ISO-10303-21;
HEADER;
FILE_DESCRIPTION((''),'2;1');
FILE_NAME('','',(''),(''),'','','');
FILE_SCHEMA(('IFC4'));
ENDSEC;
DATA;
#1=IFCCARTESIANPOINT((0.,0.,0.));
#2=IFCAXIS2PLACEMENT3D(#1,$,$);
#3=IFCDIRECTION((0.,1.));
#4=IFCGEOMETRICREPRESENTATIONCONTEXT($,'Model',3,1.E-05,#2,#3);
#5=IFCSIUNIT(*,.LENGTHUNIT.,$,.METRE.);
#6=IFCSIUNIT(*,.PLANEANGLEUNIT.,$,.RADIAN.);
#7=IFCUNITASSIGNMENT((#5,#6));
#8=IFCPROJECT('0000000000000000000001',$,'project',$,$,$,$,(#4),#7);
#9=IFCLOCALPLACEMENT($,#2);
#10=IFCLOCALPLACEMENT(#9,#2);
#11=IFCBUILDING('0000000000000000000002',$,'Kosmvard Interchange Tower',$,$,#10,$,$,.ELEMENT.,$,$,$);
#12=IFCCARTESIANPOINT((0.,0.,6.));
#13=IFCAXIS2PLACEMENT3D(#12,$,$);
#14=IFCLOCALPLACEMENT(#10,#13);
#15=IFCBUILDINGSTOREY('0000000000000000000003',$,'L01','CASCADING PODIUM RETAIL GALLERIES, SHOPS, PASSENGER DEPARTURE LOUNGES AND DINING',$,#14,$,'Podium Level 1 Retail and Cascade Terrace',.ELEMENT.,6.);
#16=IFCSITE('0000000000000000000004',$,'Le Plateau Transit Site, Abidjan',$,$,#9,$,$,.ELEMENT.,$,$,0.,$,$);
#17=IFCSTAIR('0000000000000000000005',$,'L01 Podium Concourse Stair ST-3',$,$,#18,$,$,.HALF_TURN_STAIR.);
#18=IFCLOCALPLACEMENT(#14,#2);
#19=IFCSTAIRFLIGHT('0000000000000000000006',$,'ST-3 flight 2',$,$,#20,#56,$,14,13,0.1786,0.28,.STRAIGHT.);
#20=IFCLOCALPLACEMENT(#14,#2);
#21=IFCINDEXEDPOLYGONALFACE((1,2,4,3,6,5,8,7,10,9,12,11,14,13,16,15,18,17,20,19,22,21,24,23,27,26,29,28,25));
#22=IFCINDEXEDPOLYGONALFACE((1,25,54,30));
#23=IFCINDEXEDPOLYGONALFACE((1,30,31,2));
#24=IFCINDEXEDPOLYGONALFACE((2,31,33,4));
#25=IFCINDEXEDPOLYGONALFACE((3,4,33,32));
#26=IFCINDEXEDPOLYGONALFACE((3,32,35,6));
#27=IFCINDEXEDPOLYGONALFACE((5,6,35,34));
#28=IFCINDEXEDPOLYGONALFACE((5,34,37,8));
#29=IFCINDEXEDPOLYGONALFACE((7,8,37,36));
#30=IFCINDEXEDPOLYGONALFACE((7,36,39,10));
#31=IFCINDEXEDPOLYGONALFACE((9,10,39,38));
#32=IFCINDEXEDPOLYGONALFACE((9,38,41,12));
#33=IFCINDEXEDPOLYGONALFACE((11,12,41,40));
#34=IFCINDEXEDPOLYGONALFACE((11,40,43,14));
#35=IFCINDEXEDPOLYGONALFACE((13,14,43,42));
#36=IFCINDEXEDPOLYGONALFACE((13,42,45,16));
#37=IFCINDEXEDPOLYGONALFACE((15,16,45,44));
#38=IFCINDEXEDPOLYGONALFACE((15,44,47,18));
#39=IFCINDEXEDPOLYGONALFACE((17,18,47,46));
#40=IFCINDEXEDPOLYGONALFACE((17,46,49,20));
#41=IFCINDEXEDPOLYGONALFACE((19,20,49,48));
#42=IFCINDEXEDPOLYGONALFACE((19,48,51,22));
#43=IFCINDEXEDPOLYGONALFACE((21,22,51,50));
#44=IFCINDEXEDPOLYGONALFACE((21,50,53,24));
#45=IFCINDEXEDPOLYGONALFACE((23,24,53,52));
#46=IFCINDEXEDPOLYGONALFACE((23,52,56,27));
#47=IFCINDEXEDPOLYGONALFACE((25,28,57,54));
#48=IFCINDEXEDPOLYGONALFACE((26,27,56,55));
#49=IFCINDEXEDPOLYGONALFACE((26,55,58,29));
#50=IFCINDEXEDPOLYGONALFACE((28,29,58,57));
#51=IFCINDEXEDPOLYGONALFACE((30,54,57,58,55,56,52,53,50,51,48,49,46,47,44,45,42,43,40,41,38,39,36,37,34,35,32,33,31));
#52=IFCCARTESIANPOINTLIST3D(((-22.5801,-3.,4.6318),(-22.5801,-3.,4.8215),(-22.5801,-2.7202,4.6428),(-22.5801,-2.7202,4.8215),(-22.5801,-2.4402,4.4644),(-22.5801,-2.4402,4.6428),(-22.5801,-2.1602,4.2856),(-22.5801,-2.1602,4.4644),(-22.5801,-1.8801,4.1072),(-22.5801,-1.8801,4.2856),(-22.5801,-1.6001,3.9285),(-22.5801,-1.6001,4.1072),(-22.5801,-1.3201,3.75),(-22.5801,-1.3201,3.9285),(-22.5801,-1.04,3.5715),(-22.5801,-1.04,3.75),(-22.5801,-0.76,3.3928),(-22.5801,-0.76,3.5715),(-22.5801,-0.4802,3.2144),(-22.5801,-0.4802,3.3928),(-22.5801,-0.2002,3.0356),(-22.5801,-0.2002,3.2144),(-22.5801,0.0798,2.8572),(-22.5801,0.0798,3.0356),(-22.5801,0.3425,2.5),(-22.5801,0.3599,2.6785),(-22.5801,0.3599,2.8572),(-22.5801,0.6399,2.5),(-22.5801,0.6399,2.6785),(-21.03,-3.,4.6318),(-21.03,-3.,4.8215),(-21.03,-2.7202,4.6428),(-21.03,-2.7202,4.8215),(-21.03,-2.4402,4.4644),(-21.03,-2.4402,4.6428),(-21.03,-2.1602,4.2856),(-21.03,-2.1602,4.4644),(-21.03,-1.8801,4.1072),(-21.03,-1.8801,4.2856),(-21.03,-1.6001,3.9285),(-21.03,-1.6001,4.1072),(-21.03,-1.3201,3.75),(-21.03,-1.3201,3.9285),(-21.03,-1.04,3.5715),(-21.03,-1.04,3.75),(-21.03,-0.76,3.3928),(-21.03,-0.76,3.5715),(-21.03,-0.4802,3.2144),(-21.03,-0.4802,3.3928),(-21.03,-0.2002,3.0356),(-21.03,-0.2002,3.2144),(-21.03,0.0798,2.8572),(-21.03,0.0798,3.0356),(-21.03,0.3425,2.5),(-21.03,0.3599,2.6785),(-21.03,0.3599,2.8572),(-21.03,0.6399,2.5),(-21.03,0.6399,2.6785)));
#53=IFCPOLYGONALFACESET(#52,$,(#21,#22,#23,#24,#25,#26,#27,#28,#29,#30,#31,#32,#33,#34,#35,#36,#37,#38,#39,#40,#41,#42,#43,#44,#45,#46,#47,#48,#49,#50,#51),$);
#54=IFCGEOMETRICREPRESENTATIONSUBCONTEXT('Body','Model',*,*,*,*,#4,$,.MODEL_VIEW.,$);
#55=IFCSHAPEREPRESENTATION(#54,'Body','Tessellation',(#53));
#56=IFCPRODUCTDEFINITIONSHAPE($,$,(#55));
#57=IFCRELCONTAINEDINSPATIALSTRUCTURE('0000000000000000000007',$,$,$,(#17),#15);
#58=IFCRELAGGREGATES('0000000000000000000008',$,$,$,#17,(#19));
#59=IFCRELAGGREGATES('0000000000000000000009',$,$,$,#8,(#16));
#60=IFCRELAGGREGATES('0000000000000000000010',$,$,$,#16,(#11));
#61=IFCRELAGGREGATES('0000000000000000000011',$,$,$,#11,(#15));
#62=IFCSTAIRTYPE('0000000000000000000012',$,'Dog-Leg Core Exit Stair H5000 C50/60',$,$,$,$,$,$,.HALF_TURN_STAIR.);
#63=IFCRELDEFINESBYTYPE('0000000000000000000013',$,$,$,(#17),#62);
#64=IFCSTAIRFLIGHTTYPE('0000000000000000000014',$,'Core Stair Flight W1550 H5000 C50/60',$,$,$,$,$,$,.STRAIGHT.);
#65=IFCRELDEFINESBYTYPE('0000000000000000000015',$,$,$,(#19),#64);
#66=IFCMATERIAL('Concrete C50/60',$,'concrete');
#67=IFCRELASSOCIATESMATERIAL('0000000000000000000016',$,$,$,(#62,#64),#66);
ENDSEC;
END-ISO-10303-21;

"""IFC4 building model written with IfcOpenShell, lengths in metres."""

from ifc_helpers import new_model, si_unit, direction, frame, origin, place, context, subcontext, project, spatial, polyline, outline, extrude, source, transform, mapped, material, type_object, element, aggregate, save


model = new_model("IFC4")

# Units and contexts
model_context = context("Model", 3, precision=1e-05, world=origin(), true_north=direction((0.0, 1.0)))
body_context = subcontext(model_context, "Body", "Model", "MODEL_VIEW")
ifc_project = project(units=[si_unit("LENGTHUNIT", "METRE"), si_unit("PLANEANGLEUNIT", "RADIAN")], contexts=[model_context])

# Site, building, storey
site_placement = place(None, origin())
site = spatial("IfcSite", under=ifc_project, at=site_placement, Name="Le Plateau Transit Site, Abidjan", CompositionType="ELEMENT", RefElevation=0.0)
building_placement = place(site_placement, origin())
building = spatial("IfcBuilding", under=site, at=building_placement, Name="Kosmvard Interchange Tower", CompositionType="ELEMENT")
storey_placement = place(building_placement, frame((0.0, 0.0, 6.0)))
storey = spatial("IfcBuildingStorey", under=building, at=storey_placement, Name="L01", Description="CASCADING PODIUM RETAIL GALLERIES, SHOPS, PASSENGER DEPARTURE LOUNGES AND DINING", LongName="Podium Level 1 Retail and Cascade Terrace", CompositionType="ELEMENT", Elevation=6.0)

# Stair, stair flight
ifc_material_1 = material(Name="Concrete C50/60", Category="concrete")
stair_type = type_object("IfcStairType", Name="Dog-Leg Core Exit Stair H5000 C50/60", PredefinedType="HALF_TURN_STAIR", material=ifc_material_1)
stair_placement = place(storey_placement, origin())
stair = element("IfcStair", 1, at=stair_placement, inside=storey, type_object=stair_type, Name="L01 Podium Concourse Stair ST-3", PredefinedType="HALF_TURN_STAIR")
stair_flight_type = type_object("IfcStairFlightType", Name="Core Stair Flight W1550 H5000 C50/60", PredefinedType="STRAIGHT", material=ifc_material_1)
shared_shape_1 = source(origin(), body_context, "Body", "SweptSolid", [
    extrude(outline(polyline([(0.0, 0.0), (0.0, 0.1785), (0.28, 0.1785), (0.28, 0.3572), (0.5601, 0.3572), (0.5601, 0.5356), (0.8401, 0.5356), (0.8401, 0.7144), (1.1201, 0.7144), (1.1201, 0.8928), (1.3999, 0.8928), (1.3999, 1.0715), (1.6799, 1.0715), (1.6799, 1.25), (1.96, 1.25), (1.96, 1.4285), (2.24, 1.4285), (2.24, 1.6072), (2.52, 1.6072), (2.52, 1.7856), (2.8, 1.7856), (2.8, 1.9644), (3.0801, 1.9644), (3.0801, 2.1428), (3.3601, 2.1428), (3.3601, 2.3215), (3.6399, 2.3215), (3.6399, 2.5), (3.6399, 2.1318), (0.2974, 0.0), (0.0, 0.0)])), frame((0.0, 0.7749, 0.0), z_axis=(0.0, -1.0, 0.0), x_axis=(1.0, 0.0, 0.0)), (0.0, 0.0, 1.0), 1.55),
])
stair_flight_1_placement = place(storey_placement, frame((-21.8049, 0.6399, 2.5), z_axis=(0.0, 0.0, 1.0), x_axis=(0.0, -1.0, 0.0)))
stair_flight_1 = element("IfcStairFlight", 2, at=stair_flight_1_placement, type_object=stair_flight_type, Name="ST-3 flight 2", NumberOfRisers=14, NumberOfTreads=13, PredefinedType="STRAIGHT", RiserHeight=0.1786, TreadLength=0.28, context=body_context, shape_type="MappedRepresentation", body=[
    mapped(shared_shape_1, transform((0.0, 0.0, 0.0), scale=1.0)),
])
aggregate(stair, [stair_flight_1])

save(model, "model.ifc")
